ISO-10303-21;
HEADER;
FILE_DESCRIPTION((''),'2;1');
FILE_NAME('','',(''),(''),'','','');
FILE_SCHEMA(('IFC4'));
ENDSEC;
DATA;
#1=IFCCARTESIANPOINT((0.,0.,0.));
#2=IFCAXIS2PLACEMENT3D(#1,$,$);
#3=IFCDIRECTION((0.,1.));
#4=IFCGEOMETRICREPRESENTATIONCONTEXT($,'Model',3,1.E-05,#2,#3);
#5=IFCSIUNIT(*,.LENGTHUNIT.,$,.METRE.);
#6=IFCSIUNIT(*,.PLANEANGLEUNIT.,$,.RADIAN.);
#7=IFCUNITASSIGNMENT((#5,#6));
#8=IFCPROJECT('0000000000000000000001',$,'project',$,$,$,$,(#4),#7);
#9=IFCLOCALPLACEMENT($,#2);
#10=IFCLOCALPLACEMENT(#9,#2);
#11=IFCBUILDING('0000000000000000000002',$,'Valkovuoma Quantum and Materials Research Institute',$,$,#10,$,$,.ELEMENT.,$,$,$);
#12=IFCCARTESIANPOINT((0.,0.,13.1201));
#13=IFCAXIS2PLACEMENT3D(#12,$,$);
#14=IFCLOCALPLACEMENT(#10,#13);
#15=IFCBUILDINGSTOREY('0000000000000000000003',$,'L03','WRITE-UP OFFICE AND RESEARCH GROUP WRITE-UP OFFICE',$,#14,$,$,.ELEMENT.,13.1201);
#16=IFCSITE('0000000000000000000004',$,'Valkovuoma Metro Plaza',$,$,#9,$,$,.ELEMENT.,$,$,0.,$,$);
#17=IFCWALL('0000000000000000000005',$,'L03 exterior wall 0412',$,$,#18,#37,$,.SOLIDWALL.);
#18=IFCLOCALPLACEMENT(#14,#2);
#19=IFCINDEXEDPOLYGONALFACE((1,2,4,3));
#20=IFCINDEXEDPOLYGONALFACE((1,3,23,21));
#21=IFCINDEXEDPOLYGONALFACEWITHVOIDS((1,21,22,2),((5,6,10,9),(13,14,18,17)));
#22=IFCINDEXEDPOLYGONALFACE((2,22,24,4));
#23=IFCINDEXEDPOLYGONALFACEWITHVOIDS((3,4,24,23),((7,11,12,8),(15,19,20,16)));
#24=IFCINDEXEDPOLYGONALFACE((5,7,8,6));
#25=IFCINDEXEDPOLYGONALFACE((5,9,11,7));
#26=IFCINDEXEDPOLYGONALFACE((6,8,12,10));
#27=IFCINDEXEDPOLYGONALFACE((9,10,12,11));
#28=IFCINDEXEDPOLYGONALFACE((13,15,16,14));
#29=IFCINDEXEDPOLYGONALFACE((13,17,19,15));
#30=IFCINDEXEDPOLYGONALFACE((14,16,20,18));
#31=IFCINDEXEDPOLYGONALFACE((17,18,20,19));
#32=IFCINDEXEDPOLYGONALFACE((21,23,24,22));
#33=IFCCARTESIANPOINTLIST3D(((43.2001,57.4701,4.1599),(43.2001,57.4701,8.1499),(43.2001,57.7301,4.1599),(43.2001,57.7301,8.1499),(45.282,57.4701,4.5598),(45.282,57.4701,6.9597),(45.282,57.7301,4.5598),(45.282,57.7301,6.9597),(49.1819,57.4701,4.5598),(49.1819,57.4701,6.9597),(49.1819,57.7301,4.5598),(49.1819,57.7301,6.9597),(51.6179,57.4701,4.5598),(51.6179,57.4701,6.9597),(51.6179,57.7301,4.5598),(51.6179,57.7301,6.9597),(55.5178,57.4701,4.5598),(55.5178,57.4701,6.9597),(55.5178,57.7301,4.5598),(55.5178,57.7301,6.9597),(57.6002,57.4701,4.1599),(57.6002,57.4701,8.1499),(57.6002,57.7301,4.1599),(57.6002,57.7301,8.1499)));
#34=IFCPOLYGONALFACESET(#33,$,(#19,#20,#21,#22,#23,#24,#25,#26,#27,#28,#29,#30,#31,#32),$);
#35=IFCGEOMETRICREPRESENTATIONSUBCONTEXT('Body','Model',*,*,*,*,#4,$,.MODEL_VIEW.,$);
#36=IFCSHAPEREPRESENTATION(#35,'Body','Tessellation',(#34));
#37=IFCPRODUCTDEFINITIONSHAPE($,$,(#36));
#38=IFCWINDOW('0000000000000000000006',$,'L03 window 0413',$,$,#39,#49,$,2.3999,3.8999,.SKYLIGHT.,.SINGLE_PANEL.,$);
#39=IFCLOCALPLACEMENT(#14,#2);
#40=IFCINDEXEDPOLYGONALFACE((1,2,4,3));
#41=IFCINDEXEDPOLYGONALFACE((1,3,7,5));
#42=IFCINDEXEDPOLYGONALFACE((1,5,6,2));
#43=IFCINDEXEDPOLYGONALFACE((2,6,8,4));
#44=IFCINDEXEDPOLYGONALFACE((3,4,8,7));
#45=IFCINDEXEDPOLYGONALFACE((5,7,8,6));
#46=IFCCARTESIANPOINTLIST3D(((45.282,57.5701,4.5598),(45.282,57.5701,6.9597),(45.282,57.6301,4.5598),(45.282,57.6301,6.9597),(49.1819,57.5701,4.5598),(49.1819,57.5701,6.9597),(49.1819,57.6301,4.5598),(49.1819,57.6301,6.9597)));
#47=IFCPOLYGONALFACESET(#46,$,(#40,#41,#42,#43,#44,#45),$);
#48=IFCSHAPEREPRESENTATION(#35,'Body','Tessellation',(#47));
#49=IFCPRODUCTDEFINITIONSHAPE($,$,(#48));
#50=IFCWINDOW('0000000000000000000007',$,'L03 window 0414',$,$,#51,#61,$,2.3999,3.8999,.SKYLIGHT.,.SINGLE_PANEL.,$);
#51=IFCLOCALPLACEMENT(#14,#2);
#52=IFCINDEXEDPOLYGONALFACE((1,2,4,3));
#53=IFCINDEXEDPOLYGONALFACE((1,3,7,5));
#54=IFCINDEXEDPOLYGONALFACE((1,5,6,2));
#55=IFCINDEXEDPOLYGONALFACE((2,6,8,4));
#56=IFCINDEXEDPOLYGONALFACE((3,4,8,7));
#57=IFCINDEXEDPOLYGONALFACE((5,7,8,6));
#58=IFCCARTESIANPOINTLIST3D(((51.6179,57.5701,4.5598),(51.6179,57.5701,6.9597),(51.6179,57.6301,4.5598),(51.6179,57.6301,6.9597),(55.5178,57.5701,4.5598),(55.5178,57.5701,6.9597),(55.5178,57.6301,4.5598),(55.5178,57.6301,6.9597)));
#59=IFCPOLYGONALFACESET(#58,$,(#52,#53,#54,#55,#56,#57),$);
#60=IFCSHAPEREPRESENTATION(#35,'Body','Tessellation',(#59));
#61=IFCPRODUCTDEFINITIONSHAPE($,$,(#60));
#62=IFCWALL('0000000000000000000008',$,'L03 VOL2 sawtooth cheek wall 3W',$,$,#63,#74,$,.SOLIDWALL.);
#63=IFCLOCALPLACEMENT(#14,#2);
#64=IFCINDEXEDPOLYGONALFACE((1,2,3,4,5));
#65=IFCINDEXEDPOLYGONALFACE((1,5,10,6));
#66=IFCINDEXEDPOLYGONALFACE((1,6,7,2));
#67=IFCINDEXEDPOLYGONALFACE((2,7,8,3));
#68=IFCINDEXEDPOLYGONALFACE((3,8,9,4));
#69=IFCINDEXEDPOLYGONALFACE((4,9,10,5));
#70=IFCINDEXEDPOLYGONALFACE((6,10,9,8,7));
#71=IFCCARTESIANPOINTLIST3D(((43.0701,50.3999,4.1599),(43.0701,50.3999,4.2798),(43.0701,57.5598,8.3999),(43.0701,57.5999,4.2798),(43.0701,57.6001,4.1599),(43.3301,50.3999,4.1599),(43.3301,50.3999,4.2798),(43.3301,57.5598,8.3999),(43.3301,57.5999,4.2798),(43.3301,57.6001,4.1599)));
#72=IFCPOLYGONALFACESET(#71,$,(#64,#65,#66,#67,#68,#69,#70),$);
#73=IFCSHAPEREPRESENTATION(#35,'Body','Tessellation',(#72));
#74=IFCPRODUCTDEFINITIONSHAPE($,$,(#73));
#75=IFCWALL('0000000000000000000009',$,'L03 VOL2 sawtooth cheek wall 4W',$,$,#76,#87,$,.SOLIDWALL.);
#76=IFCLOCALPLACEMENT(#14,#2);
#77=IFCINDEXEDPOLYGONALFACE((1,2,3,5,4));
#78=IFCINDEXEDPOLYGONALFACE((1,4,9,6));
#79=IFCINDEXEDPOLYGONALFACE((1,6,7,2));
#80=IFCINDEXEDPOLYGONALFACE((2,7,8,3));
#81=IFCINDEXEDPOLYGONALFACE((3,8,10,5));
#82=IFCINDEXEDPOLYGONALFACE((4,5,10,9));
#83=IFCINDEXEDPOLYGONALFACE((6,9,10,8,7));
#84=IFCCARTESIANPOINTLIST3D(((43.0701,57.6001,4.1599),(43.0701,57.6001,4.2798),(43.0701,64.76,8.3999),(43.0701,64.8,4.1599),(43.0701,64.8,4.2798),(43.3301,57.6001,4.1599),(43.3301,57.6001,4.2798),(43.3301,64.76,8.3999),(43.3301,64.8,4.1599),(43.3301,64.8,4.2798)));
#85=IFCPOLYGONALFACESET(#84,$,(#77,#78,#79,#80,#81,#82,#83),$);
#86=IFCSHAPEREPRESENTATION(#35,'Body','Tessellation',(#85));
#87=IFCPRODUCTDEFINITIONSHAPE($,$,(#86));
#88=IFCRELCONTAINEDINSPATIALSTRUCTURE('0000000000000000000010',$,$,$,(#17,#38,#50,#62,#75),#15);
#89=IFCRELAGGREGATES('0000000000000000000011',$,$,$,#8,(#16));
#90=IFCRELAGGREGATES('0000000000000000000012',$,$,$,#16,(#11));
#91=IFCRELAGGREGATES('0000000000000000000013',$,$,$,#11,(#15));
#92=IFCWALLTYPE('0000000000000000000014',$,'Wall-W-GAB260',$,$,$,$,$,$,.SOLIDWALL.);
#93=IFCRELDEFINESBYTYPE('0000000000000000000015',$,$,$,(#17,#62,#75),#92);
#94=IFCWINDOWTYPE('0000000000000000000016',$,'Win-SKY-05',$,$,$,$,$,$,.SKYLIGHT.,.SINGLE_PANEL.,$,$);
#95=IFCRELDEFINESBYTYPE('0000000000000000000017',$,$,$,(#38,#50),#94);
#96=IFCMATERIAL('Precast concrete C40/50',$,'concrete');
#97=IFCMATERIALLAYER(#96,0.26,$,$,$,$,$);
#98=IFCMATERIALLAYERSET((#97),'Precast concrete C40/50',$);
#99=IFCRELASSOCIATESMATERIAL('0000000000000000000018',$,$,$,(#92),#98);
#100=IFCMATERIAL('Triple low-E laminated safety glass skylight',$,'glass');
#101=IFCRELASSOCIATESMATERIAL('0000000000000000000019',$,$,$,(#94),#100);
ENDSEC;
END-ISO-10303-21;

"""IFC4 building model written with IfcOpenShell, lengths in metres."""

from ifc_helpers import new_model, si_unit, direction, frame, frame_2d, origin, place, context, subcontext, project, spatial, polyline, rectangle, outline, extrude, material, layer, layer_set, type_object, element, fill, save


model = new_model("IFC4")

# Units and contexts
model_context = context("Model", 3, precision=1e-05, world=origin(), true_north=direction((0.0, 1.0)))
body_context = subcontext(model_context, "Body", "Model", "MODEL_VIEW")
ifc_project = project(units=[si_unit("LENGTHUNIT", "METRE"), si_unit("PLANEANGLEUNIT", "RADIAN")], contexts=[model_context])

# Site, building, storey
site_placement = place(None, origin())
site = spatial("IfcSite", under=ifc_project, at=site_placement, Name="Valkovuoma Metro Plaza", CompositionType="ELEMENT", RefElevation=0.0)
building_placement = place(site_placement, origin())
building = spatial("IfcBuilding", under=site, at=building_placement, Name="Valkovuoma Quantum and Materials Research Institute", CompositionType="ELEMENT")
storey_placement = place(building_placement, frame((0.0, 0.0, 13.1201)))
storey = spatial("IfcBuildingStorey", under=building, at=storey_placement, Name="L03", Description="WRITE-UP OFFICE AND RESEARCH GROUP WRITE-UP OFFICE", CompositionType="ELEMENT", Elevation=13.1201)

# Wall, openings, windows
ifc_material_1 = material(Name="Precast concrete C40/50", Category="concrete")
ifc_layer = layer(ifc_material_1, 0.26)
ifc_layer_set = layer_set([ifc_layer], Name="Precast concrete C40/50")
wall_type = type_object("IfcWallType", Name="Wall-W-GAB260", PredefinedType="SOLIDWALL", material=ifc_layer_set)
wall_1_placement = place(storey_placement, frame((43.2, 57.6001, 4.1599), z_axis=(0.0, 0.0, 1.0), x_axis=(1.0, 0.0, 0.0)))
wall_1 = element("IfcWall", 1, at=wall_1_placement, inside=storey, type_object=wall_type, Name="L03 exterior wall 0412", PredefinedType="SOLIDWALL", context=body_context, shape_type="SweptSolid", body=[
    extrude(rectangle(XDim=14.4001, YDim=0.26, at=frame_2d((7.2002, 0.0))), origin(), (0.0, 0.0, 1.0), 3.99),
])
opening_1_placement = place(wall_1_placement, frame((2.082, 0.0, 0.3999)))
opening_1 = element("IfcOpeningElement", 2, at=opening_1_placement, cuts=wall_1, PredefinedType="OPENING", context=body_context, shape_type="SweptSolid", body=[
    extrude(rectangle(XDim=3.8999, YDim=2.3999, at=frame_2d((1.95, 1.2))), frame((0.0, 0.1401, 0.0), z_axis=(0.0, -1.0, 0.0), x_axis=(1.0, 0.0, 0.0)), (0.0, 0.0, 1.0), 0.28),
])
opening_2_placement = place(wall_1_placement, frame((8.418, 0.0, 0.3999)))
opening_2 = element("IfcOpeningElement", 3, at=opening_2_placement, cuts=wall_1, PredefinedType="OPENING", context=body_context, shape_type="SweptSolid", body=[
    extrude(rectangle(XDim=3.8999, YDim=2.3999, at=frame_2d((1.95, 1.2))), frame((0.0, 0.1401, 0.0), z_axis=(0.0, -1.0, 0.0), x_axis=(1.0, 0.0, 0.0)), (0.0, 0.0, 1.0), 0.28),
])
ifc_material_2 = material(Name="Triple low-E laminated safety glass skylight", Category="glass")
window_type_1 = type_object("IfcWindowType", Name="Win-SKY-05", PartitioningType="SINGLE_PANEL", PredefinedType="SKYLIGHT", material=ifc_material_2)
window_1_placement = place(opening_1_placement, origin())
window_1 = element("IfcWindow", 4, at=window_1_placement, inside=storey, type_object=window_type_1, Name="L03 window 0413", OverallHeight=2.3999, OverallWidth=3.8999, PartitioningType="SINGLE_PANEL", PredefinedType="SKYLIGHT", context=body_context, shape_type="SweptSolid", body=[
    extrude(rectangle(XDim=3.8999, YDim=2.3999, at=frame_2d((1.95, 1.2))), frame((0.0, 0.03, 0.0), z_axis=(0.0, -1.0, 0.0), x_axis=(1.0, 0.0, 0.0)), (0.0, 0.0, 1.0), 0.0601),
])
fill(opening_1, window_1)
window_2_placement = place(opening_2_placement, origin())
window_2 = element("IfcWindow", 5, at=window_2_placement, inside=storey, type_object=window_type_1, Name="L03 window 0414", OverallHeight=2.3999, OverallWidth=3.8999, PartitioningType="SINGLE_PANEL", PredefinedType="SKYLIGHT", context=body_context, shape_type="SweptSolid", body=[
    extrude(rectangle(XDim=3.8999, YDim=2.3999, at=frame_2d((1.95, 1.2))), frame((0.0, 0.03, 0.0), z_axis=(0.0, -1.0, 0.0), x_axis=(1.0, 0.0, 0.0)), (0.0, 0.0, 1.0), 0.0601),
])
fill(opening_2, window_2)

# Walls
wall_2_placement = place(storey_placement, frame((43.2, 50.3999, 4.1599), z_axis=(0.0, 0.0, 1.0), x_axis=(0.0, 1.0, 0.0)))
element("IfcWall", 6, at=wall_2_placement, inside=storey, type_object=wall_type, Name="L03 VOL2 sawtooth cheek wall 3W", PredefinedType="SOLIDWALL", context=body_context, shape_type="SweptSolid", body=[
    extrude(outline(polyline([(0.0, 0.0), (7.2002, 0.0), (7.2, 0.1199), (7.1599, 4.24), (0.0, 0.1199), (0.0, 0.0)])), frame((0.0, 0.1299, 0.0), z_axis=(0.0, -1.0, 0.0), x_axis=(1.0, 0.0, 0.0)), (0.0, 0.0, 1.0), 0.26),
])
wall_3_placement = place(storey_placement, frame((43.2, 57.6001, 4.1599), z_axis=(0.0, 0.0, 1.0), x_axis=(0.0, 1.0, 0.0)))
element("IfcWall", 7, at=wall_3_placement, inside=storey, type_object=wall_type, Name="L03 VOL2 sawtooth cheek wall 4W", PredefinedType="SOLIDWALL", context=body_context, shape_type="SweptSolid", body=[
    extrude(outline(polyline([(0.0, 0.0), (7.2, 0.0), (7.2, 0.1199), (7.1599, 4.24), (0.0, 0.1199), (0.0, 0.0)])), frame((0.0, 0.1299, 0.0), z_axis=(0.0, -1.0, 0.0), x_axis=(1.0, 0.0, 0.0)), (0.0, 0.0, 1.0), 0.26),
])

save(model, "model.ifc")
